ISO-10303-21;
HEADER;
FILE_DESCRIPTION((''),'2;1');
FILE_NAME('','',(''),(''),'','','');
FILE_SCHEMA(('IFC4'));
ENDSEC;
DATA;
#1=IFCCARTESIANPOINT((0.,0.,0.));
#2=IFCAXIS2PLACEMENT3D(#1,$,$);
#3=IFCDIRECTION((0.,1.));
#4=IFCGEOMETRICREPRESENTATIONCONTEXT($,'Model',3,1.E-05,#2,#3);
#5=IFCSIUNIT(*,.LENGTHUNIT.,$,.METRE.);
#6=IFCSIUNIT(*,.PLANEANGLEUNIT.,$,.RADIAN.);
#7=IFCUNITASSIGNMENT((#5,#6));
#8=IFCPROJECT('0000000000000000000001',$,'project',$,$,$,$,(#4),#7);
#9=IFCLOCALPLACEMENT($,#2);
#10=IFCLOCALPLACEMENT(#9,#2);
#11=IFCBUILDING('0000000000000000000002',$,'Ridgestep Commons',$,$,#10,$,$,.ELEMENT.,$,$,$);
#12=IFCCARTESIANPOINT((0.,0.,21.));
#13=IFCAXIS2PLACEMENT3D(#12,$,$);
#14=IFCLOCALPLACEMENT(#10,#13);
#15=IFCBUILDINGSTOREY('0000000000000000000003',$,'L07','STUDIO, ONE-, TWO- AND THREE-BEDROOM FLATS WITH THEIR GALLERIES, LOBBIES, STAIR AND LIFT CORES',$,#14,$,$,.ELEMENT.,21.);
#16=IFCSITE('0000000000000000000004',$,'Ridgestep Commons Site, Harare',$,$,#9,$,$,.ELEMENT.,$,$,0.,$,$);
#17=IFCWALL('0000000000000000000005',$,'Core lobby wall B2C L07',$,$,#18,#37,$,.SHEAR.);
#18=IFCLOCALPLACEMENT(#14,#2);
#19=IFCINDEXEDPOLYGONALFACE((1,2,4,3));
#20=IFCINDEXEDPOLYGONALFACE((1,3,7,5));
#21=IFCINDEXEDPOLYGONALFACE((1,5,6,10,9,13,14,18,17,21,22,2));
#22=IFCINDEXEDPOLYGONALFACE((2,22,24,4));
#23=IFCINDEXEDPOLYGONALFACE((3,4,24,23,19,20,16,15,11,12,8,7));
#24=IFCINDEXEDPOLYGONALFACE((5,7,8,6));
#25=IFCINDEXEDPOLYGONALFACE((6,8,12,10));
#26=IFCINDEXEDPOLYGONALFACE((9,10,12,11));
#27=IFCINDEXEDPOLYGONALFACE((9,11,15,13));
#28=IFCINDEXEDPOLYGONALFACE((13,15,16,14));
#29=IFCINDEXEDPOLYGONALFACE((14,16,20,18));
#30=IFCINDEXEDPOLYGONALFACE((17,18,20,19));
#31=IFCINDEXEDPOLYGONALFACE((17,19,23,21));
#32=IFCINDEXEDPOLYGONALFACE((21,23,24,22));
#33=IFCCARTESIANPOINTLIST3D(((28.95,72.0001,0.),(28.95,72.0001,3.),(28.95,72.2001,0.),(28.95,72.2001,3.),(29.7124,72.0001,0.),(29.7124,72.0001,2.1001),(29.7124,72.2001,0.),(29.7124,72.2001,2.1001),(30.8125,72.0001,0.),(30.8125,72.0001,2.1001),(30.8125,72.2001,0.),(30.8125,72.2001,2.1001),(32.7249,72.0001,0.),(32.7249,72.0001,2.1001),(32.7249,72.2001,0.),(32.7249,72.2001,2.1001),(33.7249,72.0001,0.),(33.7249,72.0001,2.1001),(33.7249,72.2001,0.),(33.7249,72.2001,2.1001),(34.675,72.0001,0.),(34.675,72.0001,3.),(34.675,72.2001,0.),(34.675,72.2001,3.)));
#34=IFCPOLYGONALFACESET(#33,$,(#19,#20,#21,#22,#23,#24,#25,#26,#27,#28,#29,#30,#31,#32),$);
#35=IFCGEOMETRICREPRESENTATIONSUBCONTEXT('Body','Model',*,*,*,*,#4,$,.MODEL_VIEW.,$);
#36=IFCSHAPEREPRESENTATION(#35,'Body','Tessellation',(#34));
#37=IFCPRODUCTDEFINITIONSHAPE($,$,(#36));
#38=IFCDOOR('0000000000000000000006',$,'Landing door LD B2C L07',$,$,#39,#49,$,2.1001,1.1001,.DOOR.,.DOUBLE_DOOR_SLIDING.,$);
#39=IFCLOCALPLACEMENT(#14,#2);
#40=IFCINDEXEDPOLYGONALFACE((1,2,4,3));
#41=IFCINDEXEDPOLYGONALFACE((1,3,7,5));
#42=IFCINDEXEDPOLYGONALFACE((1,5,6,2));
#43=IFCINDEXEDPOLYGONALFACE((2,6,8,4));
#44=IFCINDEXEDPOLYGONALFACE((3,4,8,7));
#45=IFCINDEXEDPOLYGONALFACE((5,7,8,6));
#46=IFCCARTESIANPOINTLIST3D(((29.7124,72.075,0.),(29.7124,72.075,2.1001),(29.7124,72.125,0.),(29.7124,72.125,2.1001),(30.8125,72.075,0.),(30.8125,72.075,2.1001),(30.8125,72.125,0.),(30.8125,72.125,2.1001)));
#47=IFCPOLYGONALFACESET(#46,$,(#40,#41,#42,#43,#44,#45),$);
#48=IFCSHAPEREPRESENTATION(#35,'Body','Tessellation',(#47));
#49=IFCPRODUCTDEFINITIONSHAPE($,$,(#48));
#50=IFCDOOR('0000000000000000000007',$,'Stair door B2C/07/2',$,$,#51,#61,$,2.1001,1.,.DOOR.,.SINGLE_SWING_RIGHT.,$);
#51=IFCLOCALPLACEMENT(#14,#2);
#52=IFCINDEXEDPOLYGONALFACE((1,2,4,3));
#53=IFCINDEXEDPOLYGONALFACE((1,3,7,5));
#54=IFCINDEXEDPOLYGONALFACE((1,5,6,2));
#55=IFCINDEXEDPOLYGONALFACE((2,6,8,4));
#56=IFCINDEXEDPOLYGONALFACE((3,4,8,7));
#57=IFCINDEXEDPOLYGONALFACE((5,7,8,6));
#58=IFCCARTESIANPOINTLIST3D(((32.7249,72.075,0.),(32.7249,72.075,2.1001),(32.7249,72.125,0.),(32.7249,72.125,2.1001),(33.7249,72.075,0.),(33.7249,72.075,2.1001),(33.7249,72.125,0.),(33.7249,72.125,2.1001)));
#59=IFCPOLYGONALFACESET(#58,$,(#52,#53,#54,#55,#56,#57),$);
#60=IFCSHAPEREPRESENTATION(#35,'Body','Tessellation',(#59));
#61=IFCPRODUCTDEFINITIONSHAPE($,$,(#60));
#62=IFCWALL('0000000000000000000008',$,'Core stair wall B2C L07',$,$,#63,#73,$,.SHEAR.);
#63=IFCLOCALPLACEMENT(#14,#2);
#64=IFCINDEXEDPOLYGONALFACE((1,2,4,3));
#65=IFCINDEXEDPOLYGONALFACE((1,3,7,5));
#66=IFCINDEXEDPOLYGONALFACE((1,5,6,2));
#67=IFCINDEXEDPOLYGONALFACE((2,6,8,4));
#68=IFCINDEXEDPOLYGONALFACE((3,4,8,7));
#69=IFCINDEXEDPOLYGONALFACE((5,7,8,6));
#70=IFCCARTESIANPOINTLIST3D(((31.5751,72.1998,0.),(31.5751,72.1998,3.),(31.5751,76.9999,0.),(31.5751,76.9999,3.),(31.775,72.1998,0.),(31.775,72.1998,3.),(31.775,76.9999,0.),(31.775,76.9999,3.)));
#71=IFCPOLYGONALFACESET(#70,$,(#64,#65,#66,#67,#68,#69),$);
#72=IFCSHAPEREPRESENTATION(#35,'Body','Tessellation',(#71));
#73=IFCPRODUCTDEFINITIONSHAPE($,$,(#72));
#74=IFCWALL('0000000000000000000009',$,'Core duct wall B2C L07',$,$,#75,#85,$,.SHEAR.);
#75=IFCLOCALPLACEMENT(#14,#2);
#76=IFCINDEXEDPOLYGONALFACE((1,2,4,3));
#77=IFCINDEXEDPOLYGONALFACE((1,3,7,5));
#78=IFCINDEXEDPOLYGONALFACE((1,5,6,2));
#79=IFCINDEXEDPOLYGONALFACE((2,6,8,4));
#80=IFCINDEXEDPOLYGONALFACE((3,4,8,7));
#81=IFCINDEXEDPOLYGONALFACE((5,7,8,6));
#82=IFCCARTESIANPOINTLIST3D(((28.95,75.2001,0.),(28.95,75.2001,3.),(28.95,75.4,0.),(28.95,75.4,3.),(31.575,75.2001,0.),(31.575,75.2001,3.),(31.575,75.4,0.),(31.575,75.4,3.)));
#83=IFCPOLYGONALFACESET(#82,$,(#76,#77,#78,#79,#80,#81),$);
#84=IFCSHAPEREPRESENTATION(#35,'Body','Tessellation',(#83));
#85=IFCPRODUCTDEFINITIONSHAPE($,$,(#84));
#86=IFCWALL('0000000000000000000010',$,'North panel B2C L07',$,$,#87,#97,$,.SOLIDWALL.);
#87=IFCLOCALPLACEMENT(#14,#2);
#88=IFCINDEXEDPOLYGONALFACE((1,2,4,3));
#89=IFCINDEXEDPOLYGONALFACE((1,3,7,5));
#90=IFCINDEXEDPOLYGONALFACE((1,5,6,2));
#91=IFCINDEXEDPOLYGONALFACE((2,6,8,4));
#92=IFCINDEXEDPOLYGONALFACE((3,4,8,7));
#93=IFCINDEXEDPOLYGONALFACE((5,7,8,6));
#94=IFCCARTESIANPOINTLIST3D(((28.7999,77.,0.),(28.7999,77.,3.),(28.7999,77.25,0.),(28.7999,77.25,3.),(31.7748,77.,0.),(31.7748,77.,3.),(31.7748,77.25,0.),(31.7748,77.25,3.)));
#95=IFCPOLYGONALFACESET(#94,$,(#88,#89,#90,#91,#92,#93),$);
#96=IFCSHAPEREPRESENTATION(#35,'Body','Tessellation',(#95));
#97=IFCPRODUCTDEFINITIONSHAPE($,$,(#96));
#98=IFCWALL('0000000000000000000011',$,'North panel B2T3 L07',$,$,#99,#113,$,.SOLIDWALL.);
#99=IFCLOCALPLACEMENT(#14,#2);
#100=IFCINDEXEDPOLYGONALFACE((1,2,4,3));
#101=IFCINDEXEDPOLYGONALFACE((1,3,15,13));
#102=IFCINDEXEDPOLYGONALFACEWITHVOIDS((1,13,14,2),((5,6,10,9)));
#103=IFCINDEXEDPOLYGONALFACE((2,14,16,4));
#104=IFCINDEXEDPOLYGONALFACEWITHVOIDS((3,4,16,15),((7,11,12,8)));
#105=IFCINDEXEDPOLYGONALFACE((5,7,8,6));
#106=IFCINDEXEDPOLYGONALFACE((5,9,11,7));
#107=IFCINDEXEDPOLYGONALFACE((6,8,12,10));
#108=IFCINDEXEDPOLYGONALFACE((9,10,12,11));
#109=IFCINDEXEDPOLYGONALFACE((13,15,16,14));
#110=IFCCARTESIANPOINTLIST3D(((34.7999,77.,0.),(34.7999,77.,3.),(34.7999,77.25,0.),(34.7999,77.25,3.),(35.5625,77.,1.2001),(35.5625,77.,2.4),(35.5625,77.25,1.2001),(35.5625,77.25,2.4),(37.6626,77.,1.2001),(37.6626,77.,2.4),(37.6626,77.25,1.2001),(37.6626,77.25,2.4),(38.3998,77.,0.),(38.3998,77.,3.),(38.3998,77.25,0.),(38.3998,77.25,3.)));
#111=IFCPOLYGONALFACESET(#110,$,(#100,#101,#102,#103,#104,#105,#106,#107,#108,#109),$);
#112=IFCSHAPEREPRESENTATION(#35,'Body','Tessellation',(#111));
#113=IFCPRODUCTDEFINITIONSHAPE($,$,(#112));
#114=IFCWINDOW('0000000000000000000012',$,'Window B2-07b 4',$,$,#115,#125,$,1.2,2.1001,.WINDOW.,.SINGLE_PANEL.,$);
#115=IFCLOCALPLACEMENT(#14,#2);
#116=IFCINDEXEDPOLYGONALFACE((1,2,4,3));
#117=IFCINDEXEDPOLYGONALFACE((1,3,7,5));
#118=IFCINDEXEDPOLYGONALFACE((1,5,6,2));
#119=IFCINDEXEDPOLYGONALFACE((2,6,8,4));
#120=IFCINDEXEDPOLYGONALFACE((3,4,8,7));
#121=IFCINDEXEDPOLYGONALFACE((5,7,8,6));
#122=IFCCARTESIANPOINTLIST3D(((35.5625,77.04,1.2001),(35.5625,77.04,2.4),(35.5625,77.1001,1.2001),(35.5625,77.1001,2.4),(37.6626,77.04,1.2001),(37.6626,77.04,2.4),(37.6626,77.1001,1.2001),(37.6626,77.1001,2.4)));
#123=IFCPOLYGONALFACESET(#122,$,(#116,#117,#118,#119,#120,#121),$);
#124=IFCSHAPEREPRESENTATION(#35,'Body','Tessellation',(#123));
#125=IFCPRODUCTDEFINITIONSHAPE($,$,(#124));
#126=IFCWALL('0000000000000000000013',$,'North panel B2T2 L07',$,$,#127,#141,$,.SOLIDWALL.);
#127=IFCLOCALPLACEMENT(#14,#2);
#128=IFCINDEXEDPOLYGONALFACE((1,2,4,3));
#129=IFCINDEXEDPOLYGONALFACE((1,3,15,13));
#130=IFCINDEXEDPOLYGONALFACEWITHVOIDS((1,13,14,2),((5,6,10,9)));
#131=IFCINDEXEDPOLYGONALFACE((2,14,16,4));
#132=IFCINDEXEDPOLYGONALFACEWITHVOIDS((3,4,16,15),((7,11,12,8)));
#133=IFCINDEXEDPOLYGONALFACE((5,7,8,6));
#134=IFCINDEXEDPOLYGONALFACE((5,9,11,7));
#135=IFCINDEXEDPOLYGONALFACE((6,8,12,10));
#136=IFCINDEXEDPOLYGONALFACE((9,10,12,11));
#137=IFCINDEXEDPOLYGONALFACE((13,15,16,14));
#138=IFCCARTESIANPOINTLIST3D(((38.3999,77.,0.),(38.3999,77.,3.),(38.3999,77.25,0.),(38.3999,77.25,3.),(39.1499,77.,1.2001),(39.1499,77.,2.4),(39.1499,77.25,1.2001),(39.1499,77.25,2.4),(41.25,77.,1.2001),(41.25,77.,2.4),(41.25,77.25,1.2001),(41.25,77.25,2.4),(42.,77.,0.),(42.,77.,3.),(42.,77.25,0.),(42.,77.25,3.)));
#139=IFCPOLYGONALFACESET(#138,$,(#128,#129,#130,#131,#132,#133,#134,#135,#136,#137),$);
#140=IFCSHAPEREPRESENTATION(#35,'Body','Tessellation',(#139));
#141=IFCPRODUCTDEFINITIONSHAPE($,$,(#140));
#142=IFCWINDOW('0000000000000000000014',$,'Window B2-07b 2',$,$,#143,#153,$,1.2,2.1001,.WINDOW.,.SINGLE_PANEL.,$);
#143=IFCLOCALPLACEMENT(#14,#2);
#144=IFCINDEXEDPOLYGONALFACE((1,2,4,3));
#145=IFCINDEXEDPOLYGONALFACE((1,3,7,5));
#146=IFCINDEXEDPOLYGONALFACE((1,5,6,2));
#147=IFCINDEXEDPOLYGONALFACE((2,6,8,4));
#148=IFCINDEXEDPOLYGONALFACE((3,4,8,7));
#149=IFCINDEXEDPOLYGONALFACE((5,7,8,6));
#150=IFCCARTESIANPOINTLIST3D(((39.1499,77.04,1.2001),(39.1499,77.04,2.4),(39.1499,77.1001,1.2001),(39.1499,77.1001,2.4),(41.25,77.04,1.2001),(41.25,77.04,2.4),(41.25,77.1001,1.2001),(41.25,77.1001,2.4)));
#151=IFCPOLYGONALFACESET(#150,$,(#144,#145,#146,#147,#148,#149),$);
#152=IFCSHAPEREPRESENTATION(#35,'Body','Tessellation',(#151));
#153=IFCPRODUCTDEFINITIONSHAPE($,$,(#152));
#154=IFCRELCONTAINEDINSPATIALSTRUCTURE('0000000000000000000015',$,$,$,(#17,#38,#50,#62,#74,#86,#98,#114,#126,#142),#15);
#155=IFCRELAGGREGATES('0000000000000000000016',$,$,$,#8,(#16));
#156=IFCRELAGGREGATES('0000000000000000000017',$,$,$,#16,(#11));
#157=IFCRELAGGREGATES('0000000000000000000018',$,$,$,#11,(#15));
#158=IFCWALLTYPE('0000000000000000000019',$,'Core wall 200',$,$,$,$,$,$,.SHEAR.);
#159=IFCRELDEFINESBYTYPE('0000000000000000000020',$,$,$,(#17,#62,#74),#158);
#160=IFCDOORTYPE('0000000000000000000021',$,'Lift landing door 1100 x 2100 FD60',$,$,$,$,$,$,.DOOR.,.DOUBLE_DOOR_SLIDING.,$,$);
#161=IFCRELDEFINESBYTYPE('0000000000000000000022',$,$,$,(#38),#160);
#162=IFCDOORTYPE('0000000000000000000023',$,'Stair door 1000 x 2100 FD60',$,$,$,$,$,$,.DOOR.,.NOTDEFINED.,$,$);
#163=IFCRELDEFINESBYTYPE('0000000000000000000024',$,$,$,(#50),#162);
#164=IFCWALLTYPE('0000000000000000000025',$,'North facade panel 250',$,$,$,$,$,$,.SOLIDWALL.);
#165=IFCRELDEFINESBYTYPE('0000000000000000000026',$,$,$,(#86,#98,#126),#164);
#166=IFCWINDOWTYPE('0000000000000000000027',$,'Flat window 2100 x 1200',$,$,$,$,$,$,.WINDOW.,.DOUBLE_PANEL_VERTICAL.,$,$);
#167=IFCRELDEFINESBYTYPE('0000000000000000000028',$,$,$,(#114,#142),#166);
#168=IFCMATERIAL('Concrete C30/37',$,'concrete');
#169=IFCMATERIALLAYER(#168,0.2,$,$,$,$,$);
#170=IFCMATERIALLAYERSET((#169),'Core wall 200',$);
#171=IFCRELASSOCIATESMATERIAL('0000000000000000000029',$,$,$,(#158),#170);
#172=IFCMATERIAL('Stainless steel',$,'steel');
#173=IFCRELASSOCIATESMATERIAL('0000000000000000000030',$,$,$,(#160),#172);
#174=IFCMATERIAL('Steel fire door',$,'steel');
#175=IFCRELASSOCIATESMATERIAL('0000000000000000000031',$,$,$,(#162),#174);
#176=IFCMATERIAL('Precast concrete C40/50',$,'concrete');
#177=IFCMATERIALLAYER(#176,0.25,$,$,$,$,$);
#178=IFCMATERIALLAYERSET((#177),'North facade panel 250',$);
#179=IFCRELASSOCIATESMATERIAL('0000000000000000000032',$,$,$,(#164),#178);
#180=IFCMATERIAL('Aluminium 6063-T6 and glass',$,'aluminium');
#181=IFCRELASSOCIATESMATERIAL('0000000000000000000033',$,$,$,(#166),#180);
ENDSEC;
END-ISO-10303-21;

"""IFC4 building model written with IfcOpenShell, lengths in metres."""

from ifc_helpers import new_model, si_unit, direction, frame, frame_2d, origin, place, context, subcontext, project, spatial, rectangle, extrude, material, layer, layer_set, type_object, element, fill, save


model = new_model("IFC4")

# Units and contexts
model_context = context("Model", 3, precision=1e-05, world=origin(), true_north=direction((0.0, 1.0)))
body_context = subcontext(model_context, "Body", "Model", "MODEL_VIEW")
ifc_project = project(units=[si_unit("LENGTHUNIT", "METRE"), si_unit("PLANEANGLEUNIT", "RADIAN")], contexts=[model_context])

# Site, building, storey
site_placement = place(None, origin())
site = spatial("IfcSite", under=ifc_project, at=site_placement, Name="Ridgestep Commons Site, Harare", CompositionType="ELEMENT", RefElevation=0.0)
building_placement = place(site_placement, origin())
building = spatial("IfcBuilding", under=site, at=building_placement, Name="Ridgestep Commons", CompositionType="ELEMENT")
storey_placement = place(building_placement, frame((0.0, 0.0, 21.0)))
storey = spatial("IfcBuildingStorey", under=building, at=storey_placement, Name="L07", Description="STUDIO, ONE-, TWO- AND THREE-BEDROOM FLATS WITH THEIR GALLERIES, LOBBIES, STAIR AND LIFT CORES", CompositionType="ELEMENT", Elevation=21.0)

# Wall, openings, doors
ifc_material_1 = material(Name="Concrete C30/37", Category="concrete")
ifc_layer_1 = layer(ifc_material_1, 0.2)
ifc_layer_set_1 = layer_set([ifc_layer_1], Name="Core wall 200")
wall_type_1 = type_object("IfcWallType", Name="Core wall 200", PredefinedType="SHEAR", material=ifc_layer_set_1)
wall_1_placement = place(storey_placement, frame((28.95, 72.1001, 0.0), z_axis=(0.0, 0.0, 1.0), x_axis=(1.0, 0.0, 0.0)))
wall_1 = element("IfcWall", 1, at=wall_1_placement, inside=storey, type_object=wall_type_1, Name="Core lobby wall B2C L07", PredefinedType="SHEAR", context=body_context, shape_type="SweptSolid", body=[
    extrude(rectangle(XDim=5.7251, YDim=0.2, at=frame_2d((2.8625, 0.0))), origin(), (0.0, 0.0, 1.0), 3.0),
])
opening_1_placement = place(wall_1_placement, frame((3.7749, 0.0, 0.0)))
opening_1 = element("IfcOpeningElement", 2, at=opening_1_placement, cuts=wall_1, PredefinedType="OPENING", context=body_context, shape_type="SweptSolid", body=[
    extrude(rectangle(XDim=1.0, YDim=2.1001, at=frame_2d((0.5, 1.05))), frame((0.0, 0.1099, 0.0), z_axis=(0.0, -1.0, 0.0), x_axis=(1.0, 0.0, 0.0)), (0.0, 0.0, 1.0), 0.22),
])
opening_2_placement = place(wall_1_placement, frame((0.7625, 0.0, 0.0)))
opening_2 = element("IfcOpeningElement", 3, at=opening_2_placement, cuts=wall_1, PredefinedType="OPENING", context=body_context, shape_type="SweptSolid", body=[
    extrude(rectangle(XDim=1.1001, YDim=2.1001, at=frame_2d((0.55, 1.05))), frame((0.0, 0.1099, 0.0), z_axis=(0.0, -1.0, 0.0), x_axis=(1.0, 0.0, 0.0)), (0.0, 0.0, 1.0), 0.22),
])
ifc_material_2 = material(Name="Stainless steel", Category="steel")
door_type_1 = type_object("IfcDoorType", Name="Lift landing door 1100 x 2100 FD60", OperationType="DOUBLE_DOOR_SLIDING", PredefinedType="DOOR", material=ifc_material_2)
door_1_placement = place(opening_2_placement, origin())
door_1 = element("IfcDoor", 4, at=door_1_placement, inside=storey, type_object=door_type_1, Name="Landing door LD B2C L07", OperationType="DOUBLE_DOOR_SLIDING", OverallHeight=2.1001, OverallWidth=1.1001, PredefinedType="DOOR", context=body_context, shape_type="SweptSolid", body=[
    extrude(rectangle(XDim=1.1001, YDim=2.1001, at=frame_2d((0.55, 1.05))), frame((0.0, 0.0249, 0.0), z_axis=(0.0, -1.0, 0.0), x_axis=(1.0, 0.0, 0.0)), (0.0, 0.0, 1.0), 0.05),
])
fill(opening_2, door_1)
ifc_material_3 = material(Name="Steel fire door", Category="steel")
door_type_2 = type_object("IfcDoorType", Name="Stair door 1000 x 2100 FD60", OperationType="NOTDEFINED", PredefinedType="DOOR", material=ifc_material_3)
door_2_placement = place(opening_1_placement, origin())
door_2 = element("IfcDoor", 5, at=door_2_placement, inside=storey, type_object=door_type_2, Name="Stair door B2C/07/2", OperationType="SINGLE_SWING_RIGHT", OverallHeight=2.1001, OverallWidth=1.0, PredefinedType="DOOR", context=body_context, shape_type="SweptSolid", body=[
    extrude(rectangle(XDim=1.0, YDim=2.1001, at=frame_2d((0.5, 1.05))), frame((0.0, 0.0249, 0.0), z_axis=(0.0, -1.0, 0.0), x_axis=(1.0, 0.0, 0.0)), (0.0, 0.0, 1.0), 0.05),
])
fill(opening_1, door_2)

# Walls
wall_2_placement = place(storey_placement, frame((31.675, 72.2, 0.0), z_axis=(0.0, 0.0, 1.0), x_axis=(0.0, 1.0, 0.0)))
element("IfcWall", 6, at=wall_2_placement, inside=storey, type_object=wall_type_1, Name="Core stair wall B2C L07", PredefinedType="SHEAR", context=body_context, shape_type="SweptSolid", body=[
    extrude(rectangle(XDim=4.8, YDim=0.2, at=frame_2d((2.3999, 0.0))), origin(), (0.0, 0.0, 1.0), 3.0),
])
wall_3_placement = place(storey_placement, frame((28.95, 75.3, 0.0), z_axis=(0.0, 0.0, 1.0), x_axis=(1.0, 0.0, 0.0)))
element("IfcWall", 7, at=wall_3_placement, inside=storey, type_object=wall_type_1, Name="Core duct wall B2C L07", PredefinedType="SHEAR", context=body_context, shape_type="SweptSolid", body=[
    extrude(rectangle(XDim=2.625, YDim=0.2, at=frame_2d((1.3125, 0.0))), origin(), (0.0, 0.0, 1.0), 3.0),
])
ifc_material_4 = material(Name="Precast concrete C40/50", Category="concrete")
ifc_layer_2 = layer(ifc_material_4, 0.25)
ifc_layer_set_2 = layer_set([ifc_layer_2], Name="North facade panel 250")
wall_type_2 = type_object("IfcWallType", Name="North facade panel 250", PredefinedType="SOLIDWALL", material=ifc_layer_set_2)
wall_4_placement = place(storey_placement, frame((28.8, 77.125, 0.0), z_axis=(0.0, 0.0, 1.0), x_axis=(1.0, 0.0, 0.0)))
element("IfcWall", 8, at=wall_4_placement, inside=storey, type_object=wall_type_2, Name="North panel B2C L07", PredefinedType="SOLIDWALL", context=body_context, shape_type="SweptSolid", body=[
    extrude(rectangle(XDim=2.9749, YDim=0.25, at=frame_2d((1.4873, 0.0))), origin(), (0.0, 0.0, 1.0), 3.0),
])

# Walls, openings, windows
wall_5_placement = place(storey_placement, frame((34.8, 77.125, 0.0), z_axis=(0.0, 0.0, 1.0), x_axis=(1.0, 0.0, 0.0)))
wall_5 = element("IfcWall", 9, at=wall_5_placement, inside=storey, type_object=wall_type_2, Name="North panel B2T3 L07", PredefinedType="SOLIDWALL", context=body_context, shape_type="SweptSolid", body=[
    extrude(rectangle(XDim=3.5999, YDim=0.25, at=frame_2d((1.7998, 0.0))), origin(), (0.0, 0.0, 1.0), 3.0),
])
opening_3_placement = place(wall_5_placement, frame((0.7625, 0.0, 1.2)))
opening_3 = element("IfcOpeningElement", 10, at=opening_3_placement, cuts=wall_5, PredefinedType="OPENING", context=body_context, shape_type="SweptSolid", body=[
    extrude(rectangle(XDim=2.1001, YDim=1.2, at=frame_2d((1.05, 0.6001))), frame((0.0, 0.135, 0.0), z_axis=(0.0, -1.0, 0.0), x_axis=(1.0, 0.0, 0.0)), (0.0, 0.0, 1.0), 0.27),
])
ifc_material_5 = material(Name="Aluminium 6063-T6 and glass", Category="aluminium")
window_type = type_object("IfcWindowType", Name="Flat window 2100 x 1200", PartitioningType="DOUBLE_PANEL_VERTICAL", PredefinedType="WINDOW", material=ifc_material_5)
window_1_placement = place(opening_3_placement, origin())
window_1 = element("IfcWindow", 11, at=window_1_placement, inside=storey, type_object=window_type, Name="Window B2-07b 4", OverallHeight=1.2, OverallWidth=2.1001, PartitioningType="SINGLE_PANEL", PredefinedType="WINDOW", context=body_context, shape_type="SweptSolid", body=[
    extrude(rectangle(XDim=2.1001, YDim=1.2, at=frame_2d((1.05, 0.6001))), frame((0.0, -0.0249, 0.0), z_axis=(0.0, -1.0, 0.0), x_axis=(1.0, 0.0, 0.0)), (0.0, 0.0, 1.0), 0.0601),
])
fill(opening_3, window_1)
wall_6_placement = place(storey_placement, frame((38.3999, 77.125, 0.0), z_axis=(0.0, 0.0, 1.0), x_axis=(1.0, 0.0, 0.0)))
wall_6 = element("IfcWall", 12, at=wall_6_placement, inside=storey, type_object=wall_type_2, Name="North panel B2T2 L07", PredefinedType="SOLIDWALL", context=body_context, shape_type="SweptSolid", body=[
    extrude(rectangle(XDim=3.6001, YDim=0.25, at=frame_2d((1.8, 0.0))), origin(), (0.0, 0.0, 1.0), 3.0),
])
opening_4_placement = place(wall_6_placement, frame((0.75, 0.0, 1.2)))
opening_4 = element("IfcOpeningElement", 13, at=opening_4_placement, cuts=wall_6, PredefinedType="OPENING", context=body_context, shape_type="SweptSolid", body=[
    extrude(rectangle(XDim=2.1001, YDim=1.2, at=frame_2d((1.05, 0.6001))), frame((0.0, 0.135, 0.0), z_axis=(0.0, -1.0, 0.0), x_axis=(1.0, 0.0, 0.0)), (0.0, 0.0, 1.0), 0.27),
])
window_2_placement = place(opening_4_placement, origin())
window_2 = element("IfcWindow", 14, at=window_2_placement, inside=storey, type_object=window_type, Name="Window B2-07b 2", OverallHeight=1.2, OverallWidth=2.1001, PartitioningType="SINGLE_PANEL", PredefinedType="WINDOW", context=body_context, shape_type="SweptSolid", body=[
    extrude(rectangle(XDim=2.1001, YDim=1.2, at=frame_2d((1.05, 0.6001))), frame((0.0, -0.0249, 0.0), z_axis=(0.0, -1.0, 0.0), x_axis=(1.0, 0.0, 0.0)), (0.0, 0.0, 1.0), 0.0601),
])
fill(opening_4, window_2)

save(model, "model.ifc")
